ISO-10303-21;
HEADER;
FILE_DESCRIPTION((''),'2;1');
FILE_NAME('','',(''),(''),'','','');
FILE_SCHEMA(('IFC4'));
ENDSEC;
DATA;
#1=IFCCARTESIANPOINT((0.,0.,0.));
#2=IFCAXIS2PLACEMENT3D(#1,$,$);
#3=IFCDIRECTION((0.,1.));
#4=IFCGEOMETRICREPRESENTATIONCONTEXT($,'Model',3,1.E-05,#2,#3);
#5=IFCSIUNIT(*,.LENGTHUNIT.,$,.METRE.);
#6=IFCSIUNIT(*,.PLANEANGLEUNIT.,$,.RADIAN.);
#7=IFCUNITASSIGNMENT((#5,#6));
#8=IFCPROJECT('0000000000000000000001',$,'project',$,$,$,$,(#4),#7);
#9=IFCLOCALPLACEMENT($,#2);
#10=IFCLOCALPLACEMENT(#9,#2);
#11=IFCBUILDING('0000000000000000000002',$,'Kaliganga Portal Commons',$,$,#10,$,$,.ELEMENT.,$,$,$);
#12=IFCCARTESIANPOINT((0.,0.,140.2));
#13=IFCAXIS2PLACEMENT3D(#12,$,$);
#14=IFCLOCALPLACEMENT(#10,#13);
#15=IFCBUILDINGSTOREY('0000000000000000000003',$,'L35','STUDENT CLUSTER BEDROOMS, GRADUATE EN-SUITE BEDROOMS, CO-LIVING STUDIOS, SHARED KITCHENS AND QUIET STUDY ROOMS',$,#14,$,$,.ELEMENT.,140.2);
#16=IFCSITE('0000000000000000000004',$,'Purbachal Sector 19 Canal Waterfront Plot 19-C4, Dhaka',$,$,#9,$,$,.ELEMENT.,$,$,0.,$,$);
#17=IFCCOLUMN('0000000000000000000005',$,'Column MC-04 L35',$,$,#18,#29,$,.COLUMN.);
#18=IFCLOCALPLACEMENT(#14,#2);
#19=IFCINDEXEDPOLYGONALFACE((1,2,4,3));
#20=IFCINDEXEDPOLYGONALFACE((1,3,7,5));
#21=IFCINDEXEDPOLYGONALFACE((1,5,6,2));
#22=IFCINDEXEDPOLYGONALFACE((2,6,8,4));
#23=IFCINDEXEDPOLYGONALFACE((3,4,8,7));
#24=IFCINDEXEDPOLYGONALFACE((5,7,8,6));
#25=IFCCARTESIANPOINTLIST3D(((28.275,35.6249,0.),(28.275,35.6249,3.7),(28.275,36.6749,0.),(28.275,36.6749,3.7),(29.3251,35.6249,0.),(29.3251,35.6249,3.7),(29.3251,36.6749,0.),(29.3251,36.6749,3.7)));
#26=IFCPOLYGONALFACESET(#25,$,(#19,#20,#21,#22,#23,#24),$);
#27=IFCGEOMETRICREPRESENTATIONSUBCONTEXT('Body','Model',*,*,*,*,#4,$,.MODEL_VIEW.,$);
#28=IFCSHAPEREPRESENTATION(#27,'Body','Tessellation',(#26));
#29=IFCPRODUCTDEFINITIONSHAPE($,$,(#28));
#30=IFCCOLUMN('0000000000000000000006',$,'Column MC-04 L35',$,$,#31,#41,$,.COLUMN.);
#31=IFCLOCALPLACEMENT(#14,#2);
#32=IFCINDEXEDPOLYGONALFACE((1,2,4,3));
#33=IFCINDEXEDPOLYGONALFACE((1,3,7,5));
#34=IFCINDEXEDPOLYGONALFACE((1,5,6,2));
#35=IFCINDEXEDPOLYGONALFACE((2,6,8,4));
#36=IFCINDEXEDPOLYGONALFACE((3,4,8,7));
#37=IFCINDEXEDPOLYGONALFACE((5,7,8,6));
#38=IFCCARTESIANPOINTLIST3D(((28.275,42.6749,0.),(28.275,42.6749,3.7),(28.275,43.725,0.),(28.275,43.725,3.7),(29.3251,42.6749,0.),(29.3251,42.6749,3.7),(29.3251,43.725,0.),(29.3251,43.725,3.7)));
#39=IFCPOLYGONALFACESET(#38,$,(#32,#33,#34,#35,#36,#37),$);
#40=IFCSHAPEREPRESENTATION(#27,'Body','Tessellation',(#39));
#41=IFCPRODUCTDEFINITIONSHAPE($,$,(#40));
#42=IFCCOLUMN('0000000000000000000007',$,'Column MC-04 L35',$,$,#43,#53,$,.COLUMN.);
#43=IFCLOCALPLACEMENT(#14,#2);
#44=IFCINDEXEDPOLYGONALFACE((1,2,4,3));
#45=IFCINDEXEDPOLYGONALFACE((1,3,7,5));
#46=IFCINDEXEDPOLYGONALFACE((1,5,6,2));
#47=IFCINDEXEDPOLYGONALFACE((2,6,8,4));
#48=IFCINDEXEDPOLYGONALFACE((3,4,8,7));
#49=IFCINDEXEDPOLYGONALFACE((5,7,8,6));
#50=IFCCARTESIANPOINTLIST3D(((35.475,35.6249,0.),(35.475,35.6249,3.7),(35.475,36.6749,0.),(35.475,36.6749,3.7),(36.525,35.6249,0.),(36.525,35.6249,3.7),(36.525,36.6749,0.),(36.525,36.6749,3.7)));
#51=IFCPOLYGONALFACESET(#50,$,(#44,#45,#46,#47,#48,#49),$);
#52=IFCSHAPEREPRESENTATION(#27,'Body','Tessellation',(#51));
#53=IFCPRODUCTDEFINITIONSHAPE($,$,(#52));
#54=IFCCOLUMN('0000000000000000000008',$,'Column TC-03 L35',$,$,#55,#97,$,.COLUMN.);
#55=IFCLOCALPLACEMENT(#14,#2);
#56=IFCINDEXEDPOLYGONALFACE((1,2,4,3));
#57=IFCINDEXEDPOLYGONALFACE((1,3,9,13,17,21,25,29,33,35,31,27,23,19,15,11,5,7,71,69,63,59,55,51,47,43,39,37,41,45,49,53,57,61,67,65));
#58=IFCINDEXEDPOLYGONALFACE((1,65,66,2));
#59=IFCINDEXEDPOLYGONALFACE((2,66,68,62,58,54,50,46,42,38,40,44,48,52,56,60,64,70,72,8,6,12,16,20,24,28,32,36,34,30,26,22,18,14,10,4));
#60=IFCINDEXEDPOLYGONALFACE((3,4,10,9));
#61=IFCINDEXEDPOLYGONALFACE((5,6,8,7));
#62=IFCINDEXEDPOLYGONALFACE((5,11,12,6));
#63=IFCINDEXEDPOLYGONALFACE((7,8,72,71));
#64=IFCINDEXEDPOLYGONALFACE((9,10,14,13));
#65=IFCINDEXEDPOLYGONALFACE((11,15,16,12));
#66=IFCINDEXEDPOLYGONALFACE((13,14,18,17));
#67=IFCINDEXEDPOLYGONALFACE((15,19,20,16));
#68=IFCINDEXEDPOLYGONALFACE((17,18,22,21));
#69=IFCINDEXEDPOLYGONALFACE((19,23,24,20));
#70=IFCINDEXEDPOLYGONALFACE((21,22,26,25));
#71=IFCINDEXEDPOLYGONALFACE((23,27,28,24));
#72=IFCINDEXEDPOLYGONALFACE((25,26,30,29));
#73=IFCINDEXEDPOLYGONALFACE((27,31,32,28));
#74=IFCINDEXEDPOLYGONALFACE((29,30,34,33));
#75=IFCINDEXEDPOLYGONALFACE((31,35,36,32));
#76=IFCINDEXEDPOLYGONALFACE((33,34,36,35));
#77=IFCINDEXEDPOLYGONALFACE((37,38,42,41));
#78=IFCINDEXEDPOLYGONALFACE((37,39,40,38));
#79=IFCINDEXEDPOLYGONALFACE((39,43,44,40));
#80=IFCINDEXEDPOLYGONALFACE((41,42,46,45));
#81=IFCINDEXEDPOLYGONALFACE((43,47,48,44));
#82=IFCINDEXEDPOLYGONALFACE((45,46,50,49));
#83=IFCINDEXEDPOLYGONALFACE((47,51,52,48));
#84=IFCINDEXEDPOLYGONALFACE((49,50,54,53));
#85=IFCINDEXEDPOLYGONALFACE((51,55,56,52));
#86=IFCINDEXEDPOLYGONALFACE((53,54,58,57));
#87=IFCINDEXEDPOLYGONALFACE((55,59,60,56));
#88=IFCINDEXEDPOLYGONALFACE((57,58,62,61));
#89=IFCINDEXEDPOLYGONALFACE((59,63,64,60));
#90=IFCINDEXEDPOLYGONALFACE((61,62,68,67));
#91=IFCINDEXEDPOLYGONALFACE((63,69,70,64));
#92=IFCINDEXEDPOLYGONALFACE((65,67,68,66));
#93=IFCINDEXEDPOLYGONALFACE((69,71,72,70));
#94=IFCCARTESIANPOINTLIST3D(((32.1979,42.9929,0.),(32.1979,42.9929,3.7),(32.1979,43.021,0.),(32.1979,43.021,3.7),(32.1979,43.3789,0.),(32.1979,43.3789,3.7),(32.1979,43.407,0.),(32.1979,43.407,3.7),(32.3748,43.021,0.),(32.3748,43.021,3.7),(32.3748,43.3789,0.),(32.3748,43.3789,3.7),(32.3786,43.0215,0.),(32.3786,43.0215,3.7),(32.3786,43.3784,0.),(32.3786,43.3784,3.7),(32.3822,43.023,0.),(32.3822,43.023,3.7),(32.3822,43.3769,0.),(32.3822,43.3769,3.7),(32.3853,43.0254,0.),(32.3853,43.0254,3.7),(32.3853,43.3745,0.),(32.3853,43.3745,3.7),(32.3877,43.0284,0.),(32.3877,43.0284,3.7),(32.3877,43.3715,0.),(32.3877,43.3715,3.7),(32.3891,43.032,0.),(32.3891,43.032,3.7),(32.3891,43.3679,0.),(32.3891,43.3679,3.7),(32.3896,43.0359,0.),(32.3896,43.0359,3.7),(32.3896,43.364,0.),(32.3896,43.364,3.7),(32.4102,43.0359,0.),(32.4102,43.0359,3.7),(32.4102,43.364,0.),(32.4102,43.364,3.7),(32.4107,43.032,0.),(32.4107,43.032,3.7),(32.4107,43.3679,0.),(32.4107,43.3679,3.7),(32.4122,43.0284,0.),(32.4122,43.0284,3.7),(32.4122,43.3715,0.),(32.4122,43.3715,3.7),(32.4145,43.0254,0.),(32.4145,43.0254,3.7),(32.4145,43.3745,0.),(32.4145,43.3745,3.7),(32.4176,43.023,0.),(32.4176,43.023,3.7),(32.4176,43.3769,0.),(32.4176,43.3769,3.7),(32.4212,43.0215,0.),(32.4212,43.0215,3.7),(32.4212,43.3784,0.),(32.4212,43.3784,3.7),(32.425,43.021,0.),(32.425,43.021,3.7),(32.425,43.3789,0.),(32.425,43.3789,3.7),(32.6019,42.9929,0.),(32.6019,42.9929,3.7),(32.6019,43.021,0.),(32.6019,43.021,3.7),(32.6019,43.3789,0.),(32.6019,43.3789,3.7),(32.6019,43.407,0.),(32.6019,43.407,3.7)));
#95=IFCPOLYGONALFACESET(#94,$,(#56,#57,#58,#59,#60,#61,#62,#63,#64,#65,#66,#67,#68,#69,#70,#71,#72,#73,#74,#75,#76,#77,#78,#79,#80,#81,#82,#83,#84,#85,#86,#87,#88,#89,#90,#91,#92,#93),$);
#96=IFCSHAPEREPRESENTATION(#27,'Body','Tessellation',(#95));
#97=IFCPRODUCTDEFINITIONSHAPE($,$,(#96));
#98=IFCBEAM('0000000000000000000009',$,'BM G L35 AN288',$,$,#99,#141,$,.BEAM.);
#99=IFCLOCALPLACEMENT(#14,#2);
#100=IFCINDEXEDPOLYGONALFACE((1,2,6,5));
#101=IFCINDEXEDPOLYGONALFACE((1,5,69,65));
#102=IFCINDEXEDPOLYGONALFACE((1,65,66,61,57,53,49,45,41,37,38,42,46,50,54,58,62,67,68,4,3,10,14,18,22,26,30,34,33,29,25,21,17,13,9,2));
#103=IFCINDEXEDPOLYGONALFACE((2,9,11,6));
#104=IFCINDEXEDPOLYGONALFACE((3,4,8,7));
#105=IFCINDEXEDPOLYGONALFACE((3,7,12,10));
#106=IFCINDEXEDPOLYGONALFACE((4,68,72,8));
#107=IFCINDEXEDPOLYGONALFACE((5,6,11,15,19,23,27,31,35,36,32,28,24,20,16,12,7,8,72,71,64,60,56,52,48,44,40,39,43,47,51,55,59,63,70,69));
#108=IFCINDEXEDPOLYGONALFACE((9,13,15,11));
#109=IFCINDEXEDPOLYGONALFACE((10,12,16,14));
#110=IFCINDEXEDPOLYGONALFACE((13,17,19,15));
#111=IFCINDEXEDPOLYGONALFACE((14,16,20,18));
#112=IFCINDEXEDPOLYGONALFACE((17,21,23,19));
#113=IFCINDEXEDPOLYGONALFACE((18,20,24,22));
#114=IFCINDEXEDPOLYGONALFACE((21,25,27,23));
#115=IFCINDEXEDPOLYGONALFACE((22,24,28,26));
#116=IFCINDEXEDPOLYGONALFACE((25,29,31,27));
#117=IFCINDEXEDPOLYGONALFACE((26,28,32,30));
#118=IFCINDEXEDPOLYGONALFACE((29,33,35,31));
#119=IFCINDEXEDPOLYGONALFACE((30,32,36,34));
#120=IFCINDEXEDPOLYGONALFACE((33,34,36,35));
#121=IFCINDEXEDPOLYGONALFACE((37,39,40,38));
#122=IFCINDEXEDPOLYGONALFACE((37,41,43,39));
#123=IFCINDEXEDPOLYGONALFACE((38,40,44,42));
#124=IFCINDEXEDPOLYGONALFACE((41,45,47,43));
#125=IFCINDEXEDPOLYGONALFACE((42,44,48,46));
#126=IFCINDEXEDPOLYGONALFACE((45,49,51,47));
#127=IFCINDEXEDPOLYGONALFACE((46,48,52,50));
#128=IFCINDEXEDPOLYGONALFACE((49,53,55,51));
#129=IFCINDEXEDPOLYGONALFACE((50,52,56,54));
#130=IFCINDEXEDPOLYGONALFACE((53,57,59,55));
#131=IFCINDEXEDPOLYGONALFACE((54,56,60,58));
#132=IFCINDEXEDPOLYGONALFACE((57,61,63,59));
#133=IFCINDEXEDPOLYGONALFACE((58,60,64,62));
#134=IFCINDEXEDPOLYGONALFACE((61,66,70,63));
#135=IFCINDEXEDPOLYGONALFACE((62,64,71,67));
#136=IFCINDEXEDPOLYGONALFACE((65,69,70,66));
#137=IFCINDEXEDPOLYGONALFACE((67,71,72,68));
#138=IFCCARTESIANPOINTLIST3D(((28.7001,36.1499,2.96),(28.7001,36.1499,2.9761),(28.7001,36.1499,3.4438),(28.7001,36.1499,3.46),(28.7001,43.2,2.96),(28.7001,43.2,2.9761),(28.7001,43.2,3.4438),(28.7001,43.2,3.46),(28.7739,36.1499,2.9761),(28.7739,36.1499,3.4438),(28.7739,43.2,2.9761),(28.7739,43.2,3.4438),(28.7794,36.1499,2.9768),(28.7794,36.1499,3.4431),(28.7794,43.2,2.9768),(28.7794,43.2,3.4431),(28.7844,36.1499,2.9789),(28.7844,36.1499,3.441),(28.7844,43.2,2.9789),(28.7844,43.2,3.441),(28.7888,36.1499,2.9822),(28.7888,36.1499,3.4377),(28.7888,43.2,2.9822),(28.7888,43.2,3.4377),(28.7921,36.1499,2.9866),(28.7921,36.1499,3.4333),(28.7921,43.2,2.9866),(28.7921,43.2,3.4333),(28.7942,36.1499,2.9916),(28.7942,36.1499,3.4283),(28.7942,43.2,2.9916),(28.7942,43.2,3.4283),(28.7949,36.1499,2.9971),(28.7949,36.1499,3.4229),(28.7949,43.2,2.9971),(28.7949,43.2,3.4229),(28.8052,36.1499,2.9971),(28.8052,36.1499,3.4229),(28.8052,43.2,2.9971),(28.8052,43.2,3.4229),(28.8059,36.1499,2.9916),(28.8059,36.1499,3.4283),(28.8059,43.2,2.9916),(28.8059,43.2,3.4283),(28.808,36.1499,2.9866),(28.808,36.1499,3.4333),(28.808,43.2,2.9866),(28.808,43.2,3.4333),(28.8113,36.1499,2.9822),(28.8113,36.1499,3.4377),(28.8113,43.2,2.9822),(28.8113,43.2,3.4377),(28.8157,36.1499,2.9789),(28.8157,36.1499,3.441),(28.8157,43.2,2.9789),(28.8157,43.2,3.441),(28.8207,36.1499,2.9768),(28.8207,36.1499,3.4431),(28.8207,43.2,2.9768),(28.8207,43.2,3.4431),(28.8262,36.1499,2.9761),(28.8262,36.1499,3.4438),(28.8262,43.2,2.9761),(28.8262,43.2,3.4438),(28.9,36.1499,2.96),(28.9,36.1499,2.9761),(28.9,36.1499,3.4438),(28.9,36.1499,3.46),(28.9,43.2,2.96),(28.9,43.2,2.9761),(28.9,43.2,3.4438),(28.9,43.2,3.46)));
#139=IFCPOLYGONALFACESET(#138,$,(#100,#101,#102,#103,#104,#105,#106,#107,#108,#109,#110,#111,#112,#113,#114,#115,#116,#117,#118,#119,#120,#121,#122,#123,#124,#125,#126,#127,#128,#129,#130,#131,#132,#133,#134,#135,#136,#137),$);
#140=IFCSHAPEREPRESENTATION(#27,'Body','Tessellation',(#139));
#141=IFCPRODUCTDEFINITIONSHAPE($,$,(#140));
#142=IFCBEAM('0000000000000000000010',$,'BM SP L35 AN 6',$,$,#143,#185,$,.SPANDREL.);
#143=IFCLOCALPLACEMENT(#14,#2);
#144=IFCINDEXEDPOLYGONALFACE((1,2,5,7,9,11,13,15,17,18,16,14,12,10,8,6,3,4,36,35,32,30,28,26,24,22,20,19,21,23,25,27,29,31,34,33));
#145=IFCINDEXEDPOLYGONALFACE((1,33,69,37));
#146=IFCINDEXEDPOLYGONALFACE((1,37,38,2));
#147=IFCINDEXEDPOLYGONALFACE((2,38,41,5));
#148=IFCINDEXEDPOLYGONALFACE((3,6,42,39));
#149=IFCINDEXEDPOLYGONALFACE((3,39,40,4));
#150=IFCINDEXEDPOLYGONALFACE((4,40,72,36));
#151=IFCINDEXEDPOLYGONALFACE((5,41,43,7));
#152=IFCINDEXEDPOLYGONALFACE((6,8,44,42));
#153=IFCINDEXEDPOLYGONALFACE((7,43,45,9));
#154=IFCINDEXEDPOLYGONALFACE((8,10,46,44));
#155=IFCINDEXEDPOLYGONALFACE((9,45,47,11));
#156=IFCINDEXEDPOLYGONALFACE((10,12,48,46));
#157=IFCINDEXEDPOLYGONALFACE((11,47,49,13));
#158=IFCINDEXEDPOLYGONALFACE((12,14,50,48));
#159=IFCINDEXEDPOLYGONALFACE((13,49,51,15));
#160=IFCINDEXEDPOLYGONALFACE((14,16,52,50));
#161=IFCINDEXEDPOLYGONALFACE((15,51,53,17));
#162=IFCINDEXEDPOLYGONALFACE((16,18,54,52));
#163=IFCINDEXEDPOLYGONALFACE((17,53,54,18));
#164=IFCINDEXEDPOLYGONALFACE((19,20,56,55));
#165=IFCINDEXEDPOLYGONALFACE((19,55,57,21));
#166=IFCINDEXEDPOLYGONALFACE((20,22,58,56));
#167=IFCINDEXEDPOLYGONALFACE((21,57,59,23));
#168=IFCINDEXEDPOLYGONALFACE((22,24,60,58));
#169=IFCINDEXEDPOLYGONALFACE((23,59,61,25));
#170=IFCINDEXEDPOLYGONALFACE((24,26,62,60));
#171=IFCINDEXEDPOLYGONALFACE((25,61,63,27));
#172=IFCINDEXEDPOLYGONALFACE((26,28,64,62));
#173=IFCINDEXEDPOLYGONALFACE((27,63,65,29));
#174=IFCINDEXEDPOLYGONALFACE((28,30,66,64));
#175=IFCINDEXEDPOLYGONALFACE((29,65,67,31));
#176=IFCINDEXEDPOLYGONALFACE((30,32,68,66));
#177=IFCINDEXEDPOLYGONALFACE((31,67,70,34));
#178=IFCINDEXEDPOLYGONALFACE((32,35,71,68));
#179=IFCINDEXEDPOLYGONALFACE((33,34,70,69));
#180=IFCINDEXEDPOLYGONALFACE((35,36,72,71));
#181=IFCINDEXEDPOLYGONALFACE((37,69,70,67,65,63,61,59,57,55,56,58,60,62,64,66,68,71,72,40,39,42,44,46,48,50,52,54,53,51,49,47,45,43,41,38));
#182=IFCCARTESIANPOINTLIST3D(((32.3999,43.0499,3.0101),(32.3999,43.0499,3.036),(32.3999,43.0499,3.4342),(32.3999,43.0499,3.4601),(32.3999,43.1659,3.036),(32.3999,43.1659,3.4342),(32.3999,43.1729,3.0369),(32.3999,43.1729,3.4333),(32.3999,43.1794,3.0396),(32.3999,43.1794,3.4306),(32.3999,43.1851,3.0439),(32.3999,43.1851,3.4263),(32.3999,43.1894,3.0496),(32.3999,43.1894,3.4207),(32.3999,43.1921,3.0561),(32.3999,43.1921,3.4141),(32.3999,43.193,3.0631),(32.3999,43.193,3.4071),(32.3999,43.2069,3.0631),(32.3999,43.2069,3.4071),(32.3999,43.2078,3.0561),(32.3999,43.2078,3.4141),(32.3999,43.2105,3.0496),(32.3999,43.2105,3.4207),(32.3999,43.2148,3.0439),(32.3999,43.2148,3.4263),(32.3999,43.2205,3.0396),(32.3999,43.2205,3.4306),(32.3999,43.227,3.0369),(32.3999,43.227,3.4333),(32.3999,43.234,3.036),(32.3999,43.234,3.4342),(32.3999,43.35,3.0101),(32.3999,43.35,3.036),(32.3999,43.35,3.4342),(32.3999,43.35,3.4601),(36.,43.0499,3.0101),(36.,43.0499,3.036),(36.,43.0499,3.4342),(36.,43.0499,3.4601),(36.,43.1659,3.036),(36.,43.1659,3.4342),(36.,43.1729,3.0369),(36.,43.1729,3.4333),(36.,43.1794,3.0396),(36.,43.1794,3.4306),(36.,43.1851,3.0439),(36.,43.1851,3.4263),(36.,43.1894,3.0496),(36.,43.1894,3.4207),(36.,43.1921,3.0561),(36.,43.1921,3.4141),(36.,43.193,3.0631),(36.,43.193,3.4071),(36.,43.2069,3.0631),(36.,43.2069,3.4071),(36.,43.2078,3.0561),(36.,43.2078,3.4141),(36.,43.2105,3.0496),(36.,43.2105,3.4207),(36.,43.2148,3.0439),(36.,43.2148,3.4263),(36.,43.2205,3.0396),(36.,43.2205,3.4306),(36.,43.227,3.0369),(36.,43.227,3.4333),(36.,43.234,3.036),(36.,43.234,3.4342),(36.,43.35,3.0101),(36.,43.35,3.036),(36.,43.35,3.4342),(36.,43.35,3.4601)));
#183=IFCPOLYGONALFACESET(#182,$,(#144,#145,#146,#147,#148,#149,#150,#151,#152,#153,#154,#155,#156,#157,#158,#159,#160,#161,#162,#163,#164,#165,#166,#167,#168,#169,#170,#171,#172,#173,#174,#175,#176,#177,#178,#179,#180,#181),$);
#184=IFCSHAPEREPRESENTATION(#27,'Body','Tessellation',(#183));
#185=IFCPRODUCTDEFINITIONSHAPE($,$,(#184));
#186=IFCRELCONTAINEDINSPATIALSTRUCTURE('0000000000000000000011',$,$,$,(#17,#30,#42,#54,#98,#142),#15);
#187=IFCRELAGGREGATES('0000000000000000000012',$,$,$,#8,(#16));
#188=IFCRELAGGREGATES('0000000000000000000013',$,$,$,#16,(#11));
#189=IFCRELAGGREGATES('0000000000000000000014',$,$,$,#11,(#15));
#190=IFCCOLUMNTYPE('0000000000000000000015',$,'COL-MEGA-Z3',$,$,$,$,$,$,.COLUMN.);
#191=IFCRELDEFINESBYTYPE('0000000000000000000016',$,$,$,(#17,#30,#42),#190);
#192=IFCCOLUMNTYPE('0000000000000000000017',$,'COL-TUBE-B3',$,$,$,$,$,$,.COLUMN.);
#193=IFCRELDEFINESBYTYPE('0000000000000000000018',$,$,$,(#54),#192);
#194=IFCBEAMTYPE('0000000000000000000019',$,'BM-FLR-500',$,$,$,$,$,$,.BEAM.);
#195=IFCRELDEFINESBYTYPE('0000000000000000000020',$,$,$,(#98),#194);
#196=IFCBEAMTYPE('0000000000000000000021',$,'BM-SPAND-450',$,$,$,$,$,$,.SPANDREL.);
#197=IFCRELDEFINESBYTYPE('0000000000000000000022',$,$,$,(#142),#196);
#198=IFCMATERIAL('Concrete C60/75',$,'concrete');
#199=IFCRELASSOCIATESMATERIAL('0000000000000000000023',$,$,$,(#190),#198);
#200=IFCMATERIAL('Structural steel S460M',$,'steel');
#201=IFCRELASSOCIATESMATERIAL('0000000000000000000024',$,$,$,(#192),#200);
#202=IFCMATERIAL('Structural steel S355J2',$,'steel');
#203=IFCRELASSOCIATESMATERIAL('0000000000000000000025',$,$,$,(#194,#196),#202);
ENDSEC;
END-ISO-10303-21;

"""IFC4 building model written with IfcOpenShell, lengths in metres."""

from ifc_helpers import new_model, si_unit, direction, frame, origin, origin_2d, place, context, subcontext, project, spatial, rectangle, i_section, extrude, source, transform, mapped, material, material_profile, profile_set, type_object, element, save


model = new_model("IFC4")

# Units and contexts
model_context = context("Model", 3, precision=1e-05, world=origin(), true_north=direction((0.0, 1.0)))
body_context = subcontext(model_context, "Body", "Model", "MODEL_VIEW")
ifc_project = project(units=[si_unit("LENGTHUNIT", "METRE"), si_unit("PLANEANGLEUNIT", "RADIAN")], contexts=[model_context])

# Site, building, storey
site_placement = place(None, origin())
site = spatial("IfcSite", under=ifc_project, at=site_placement, Name="Purbachal Sector 19 Canal Waterfront Plot 19-C4, Dhaka", CompositionType="ELEMENT", RefElevation=0.0)
building_placement = place(site_placement, origin())
building = spatial("IfcBuilding", under=site, at=building_placement, Name="Kaliganga Portal Commons", CompositionType="ELEMENT")
storey_placement = place(building_placement, frame((0.0, 0.0, 140.2)))
storey = spatial("IfcBuildingStorey", under=building, at=storey_placement, Name="L35", Description="STUDENT CLUSTER BEDROOMS, GRADUATE EN-SUITE BEDROOMS, CO-LIVING STUDIOS, SHARED KITCHENS AND QUIET STUDY ROOMS", CompositionType="ELEMENT", Elevation=140.2)

# Columns
ifc_material_1 = material(Name="Concrete C60/75", Category="concrete")
ifc_material_profile_1 = material_profile(ifc_material_1, rectangle(XDim=1.05, YDim=1.05, at=origin_2d()), Name="RC 1050x1050")
ifc_profile_set_1 = profile_set([ifc_material_profile_1], Name="Concrete C60/75")
column_type_1 = type_object("IfcColumnType", Name="COL-MEGA-Z3", PredefinedType="COLUMN", material=ifc_profile_set_1)
shared_shape_1 = source(origin(), body_context, "Body", "SweptSolid", [
    extrude(rectangle(XDim=1.05, YDim=1.05, at=origin_2d()), origin(), (0.0, 0.0, 1.0), 3.7),
])
for number, where, z_axis, x_axis, name in (
    (1, (28.8, 36.1499, 0.0), (0.0, 0.0, 1.0), (1.0, 0.0, 0.0), "Column MC-04 L35"),
    (2, (28.8, 43.2, 0.0), (0.0, 0.0, 1.0), (1.0, 0.0, 0.0), "Column MC-04 L35"),
    (3, (36.0, 36.1499, 0.0), (0.0, 0.0, 1.0), (1.0, 0.0, 0.0), "Column MC-04 L35"),
):
    element("IfcColumn", number, at=place(storey_placement, frame(where, z_axis=z_axis, x_axis=x_axis)), inside=storey, type_object=column_type_1, Name=name, PredefinedType="COLUMN", context=body_context, shape_type="MappedRepresentation", body=[
        mapped(shared_shape_1, transform((0.0, 0.0, 0.0), x_axis=(1.0, 0.0, 0.0), y_axis=(0.0, 1.0, 0.0), z_axis=(0.0, 0.0, 1.0), scale=1.0)),
    ])
ifc_material_2 = material(Name="Structural steel S460M", Category="steel")
ifc_material_profile_2 = material_profile(ifc_material_2, i_section(OverallWidth=0.4041, OverallDepth=0.4141, WebThickness=0.0205, FlangeThickness=0.0281, FilletRadius=0.0149, at=origin_2d()), Name="HD 400x347")
ifc_profile_set_2 = profile_set([ifc_material_profile_2], Name="Structural steel S460M wide-flange")
column_type_2 = type_object("IfcColumnType", Name="COL-TUBE-B3", PredefinedType="COLUMN", material=ifc_profile_set_2)
shared_shape_2 = source(origin(), body_context, "Body", "SweptSolid", [
    extrude(i_section(OverallWidth=0.4041, OverallDepth=0.4141, WebThickness=0.0205, FlangeThickness=0.0281, FilletRadius=0.0149, at=origin_2d()), origin(), (0.0, 0.0, 1.0), 3.7),
])
column_placement = place(storey_placement, frame((32.3999, 43.2, 0.0), z_axis=(0.0, 0.0, 1.0), x_axis=(1.0, 0.0, 0.0)))
element("IfcColumn", 4, at=column_placement, inside=storey, type_object=column_type_2, Name="Column TC-03 L35", PredefinedType="COLUMN", context=body_context, shape_type="MappedRepresentation", body=[
    mapped(shared_shape_2, transform((0.0, 0.0, 0.0), x_axis=(1.0, 0.0, 0.0), y_axis=(0.0, 1.0, 0.0), z_axis=(0.0, 0.0, 1.0), scale=1.0)),
])

# Beams
ifc_material_3 = material(Name="Structural steel S355J2", Category="steel")
ifc_material_profile_3 = material_profile(ifc_material_3, i_section(OverallWidth=0.2, OverallDepth=0.5, WebThickness=0.0103, FlangeThickness=0.0161, FilletRadius=0.021, at=origin_2d()), Name="IPE 500")
ifc_profile_set_3 = profile_set([ifc_material_profile_3], Name="Structural steel S355J2 wide-flange")
beam_type_1 = type_object("IfcBeamType", Name="BM-FLR-500", PredefinedType="BEAM", material=ifc_profile_set_3)
shared_shape_3 = source(origin(), body_context, "Body", "SweptSolid", [
    extrude(i_section(OverallWidth=0.2, OverallDepth=0.5, WebThickness=0.0103, FlangeThickness=0.0161, FilletRadius=0.021, at=origin_2d()), origin(), (0.0, 0.0, 1.0), 7.05),
])
beam_1_placement = place(storey_placement, frame((28.8, 36.1499, 3.21), z_axis=(0.0, 1.0, 0.0), x_axis=(-1.0, 0.0, 0.0)))
element("IfcBeam", 5, at=beam_1_placement, inside=storey, type_object=beam_type_1, Name="BM G L35 AN288", PredefinedType="BEAM", context=body_context, shape_type="MappedRepresentation", body=[
    mapped(shared_shape_3, transform((0.0, 0.0, 0.0), x_axis=(1.0, 0.0, 0.0), y_axis=(0.0, 1.0, 0.0), z_axis=(0.0, 0.0, 1.0), scale=1.0)),
])
ifc_material_profile_4 = material_profile(ifc_material_3, i_section(OverallWidth=0.3, OverallDepth=0.45, WebThickness=0.0139, FlangeThickness=0.0259, FilletRadius=0.0271, at=origin_2d()), Name="HE 450 B")
ifc_profile_set_4 = profile_set([ifc_material_profile_4], Name="Structural steel S355J2 wide-flange")
beam_type_2 = type_object("IfcBeamType", Name="BM-SPAND-450", PredefinedType="SPANDREL", material=ifc_profile_set_4)
shared_shape_4 = source(origin(), body_context, "Body", "SweptSolid", [
    extrude(i_section(OverallWidth=0.3, OverallDepth=0.45, WebThickness=0.0139, FlangeThickness=0.0259, FilletRadius=0.0271, at=origin_2d()), origin(), (0.0, 0.0, 1.0), 3.6001),
])
beam_2_placement = place(storey_placement, frame((32.3999, 43.2, 3.2351), z_axis=(1.0, 0.0, 0.0), x_axis=(0.0, 1.0, 0.0)))
element("IfcBeam", 6, at=beam_2_placement, inside=storey, type_object=beam_type_2, Name="BM SP L35 AN 6", PredefinedType="SPANDREL", context=body_context, shape_type="MappedRepresentation", body=[
    mapped(shared_shape_4, transform((0.0, 0.0, 0.0), x_axis=(1.0, 0.0, 0.0), y_axis=(0.0, 1.0, 0.0), z_axis=(0.0, 0.0, 1.0), scale=1.0)),
])

save(model, "model.ifc")
